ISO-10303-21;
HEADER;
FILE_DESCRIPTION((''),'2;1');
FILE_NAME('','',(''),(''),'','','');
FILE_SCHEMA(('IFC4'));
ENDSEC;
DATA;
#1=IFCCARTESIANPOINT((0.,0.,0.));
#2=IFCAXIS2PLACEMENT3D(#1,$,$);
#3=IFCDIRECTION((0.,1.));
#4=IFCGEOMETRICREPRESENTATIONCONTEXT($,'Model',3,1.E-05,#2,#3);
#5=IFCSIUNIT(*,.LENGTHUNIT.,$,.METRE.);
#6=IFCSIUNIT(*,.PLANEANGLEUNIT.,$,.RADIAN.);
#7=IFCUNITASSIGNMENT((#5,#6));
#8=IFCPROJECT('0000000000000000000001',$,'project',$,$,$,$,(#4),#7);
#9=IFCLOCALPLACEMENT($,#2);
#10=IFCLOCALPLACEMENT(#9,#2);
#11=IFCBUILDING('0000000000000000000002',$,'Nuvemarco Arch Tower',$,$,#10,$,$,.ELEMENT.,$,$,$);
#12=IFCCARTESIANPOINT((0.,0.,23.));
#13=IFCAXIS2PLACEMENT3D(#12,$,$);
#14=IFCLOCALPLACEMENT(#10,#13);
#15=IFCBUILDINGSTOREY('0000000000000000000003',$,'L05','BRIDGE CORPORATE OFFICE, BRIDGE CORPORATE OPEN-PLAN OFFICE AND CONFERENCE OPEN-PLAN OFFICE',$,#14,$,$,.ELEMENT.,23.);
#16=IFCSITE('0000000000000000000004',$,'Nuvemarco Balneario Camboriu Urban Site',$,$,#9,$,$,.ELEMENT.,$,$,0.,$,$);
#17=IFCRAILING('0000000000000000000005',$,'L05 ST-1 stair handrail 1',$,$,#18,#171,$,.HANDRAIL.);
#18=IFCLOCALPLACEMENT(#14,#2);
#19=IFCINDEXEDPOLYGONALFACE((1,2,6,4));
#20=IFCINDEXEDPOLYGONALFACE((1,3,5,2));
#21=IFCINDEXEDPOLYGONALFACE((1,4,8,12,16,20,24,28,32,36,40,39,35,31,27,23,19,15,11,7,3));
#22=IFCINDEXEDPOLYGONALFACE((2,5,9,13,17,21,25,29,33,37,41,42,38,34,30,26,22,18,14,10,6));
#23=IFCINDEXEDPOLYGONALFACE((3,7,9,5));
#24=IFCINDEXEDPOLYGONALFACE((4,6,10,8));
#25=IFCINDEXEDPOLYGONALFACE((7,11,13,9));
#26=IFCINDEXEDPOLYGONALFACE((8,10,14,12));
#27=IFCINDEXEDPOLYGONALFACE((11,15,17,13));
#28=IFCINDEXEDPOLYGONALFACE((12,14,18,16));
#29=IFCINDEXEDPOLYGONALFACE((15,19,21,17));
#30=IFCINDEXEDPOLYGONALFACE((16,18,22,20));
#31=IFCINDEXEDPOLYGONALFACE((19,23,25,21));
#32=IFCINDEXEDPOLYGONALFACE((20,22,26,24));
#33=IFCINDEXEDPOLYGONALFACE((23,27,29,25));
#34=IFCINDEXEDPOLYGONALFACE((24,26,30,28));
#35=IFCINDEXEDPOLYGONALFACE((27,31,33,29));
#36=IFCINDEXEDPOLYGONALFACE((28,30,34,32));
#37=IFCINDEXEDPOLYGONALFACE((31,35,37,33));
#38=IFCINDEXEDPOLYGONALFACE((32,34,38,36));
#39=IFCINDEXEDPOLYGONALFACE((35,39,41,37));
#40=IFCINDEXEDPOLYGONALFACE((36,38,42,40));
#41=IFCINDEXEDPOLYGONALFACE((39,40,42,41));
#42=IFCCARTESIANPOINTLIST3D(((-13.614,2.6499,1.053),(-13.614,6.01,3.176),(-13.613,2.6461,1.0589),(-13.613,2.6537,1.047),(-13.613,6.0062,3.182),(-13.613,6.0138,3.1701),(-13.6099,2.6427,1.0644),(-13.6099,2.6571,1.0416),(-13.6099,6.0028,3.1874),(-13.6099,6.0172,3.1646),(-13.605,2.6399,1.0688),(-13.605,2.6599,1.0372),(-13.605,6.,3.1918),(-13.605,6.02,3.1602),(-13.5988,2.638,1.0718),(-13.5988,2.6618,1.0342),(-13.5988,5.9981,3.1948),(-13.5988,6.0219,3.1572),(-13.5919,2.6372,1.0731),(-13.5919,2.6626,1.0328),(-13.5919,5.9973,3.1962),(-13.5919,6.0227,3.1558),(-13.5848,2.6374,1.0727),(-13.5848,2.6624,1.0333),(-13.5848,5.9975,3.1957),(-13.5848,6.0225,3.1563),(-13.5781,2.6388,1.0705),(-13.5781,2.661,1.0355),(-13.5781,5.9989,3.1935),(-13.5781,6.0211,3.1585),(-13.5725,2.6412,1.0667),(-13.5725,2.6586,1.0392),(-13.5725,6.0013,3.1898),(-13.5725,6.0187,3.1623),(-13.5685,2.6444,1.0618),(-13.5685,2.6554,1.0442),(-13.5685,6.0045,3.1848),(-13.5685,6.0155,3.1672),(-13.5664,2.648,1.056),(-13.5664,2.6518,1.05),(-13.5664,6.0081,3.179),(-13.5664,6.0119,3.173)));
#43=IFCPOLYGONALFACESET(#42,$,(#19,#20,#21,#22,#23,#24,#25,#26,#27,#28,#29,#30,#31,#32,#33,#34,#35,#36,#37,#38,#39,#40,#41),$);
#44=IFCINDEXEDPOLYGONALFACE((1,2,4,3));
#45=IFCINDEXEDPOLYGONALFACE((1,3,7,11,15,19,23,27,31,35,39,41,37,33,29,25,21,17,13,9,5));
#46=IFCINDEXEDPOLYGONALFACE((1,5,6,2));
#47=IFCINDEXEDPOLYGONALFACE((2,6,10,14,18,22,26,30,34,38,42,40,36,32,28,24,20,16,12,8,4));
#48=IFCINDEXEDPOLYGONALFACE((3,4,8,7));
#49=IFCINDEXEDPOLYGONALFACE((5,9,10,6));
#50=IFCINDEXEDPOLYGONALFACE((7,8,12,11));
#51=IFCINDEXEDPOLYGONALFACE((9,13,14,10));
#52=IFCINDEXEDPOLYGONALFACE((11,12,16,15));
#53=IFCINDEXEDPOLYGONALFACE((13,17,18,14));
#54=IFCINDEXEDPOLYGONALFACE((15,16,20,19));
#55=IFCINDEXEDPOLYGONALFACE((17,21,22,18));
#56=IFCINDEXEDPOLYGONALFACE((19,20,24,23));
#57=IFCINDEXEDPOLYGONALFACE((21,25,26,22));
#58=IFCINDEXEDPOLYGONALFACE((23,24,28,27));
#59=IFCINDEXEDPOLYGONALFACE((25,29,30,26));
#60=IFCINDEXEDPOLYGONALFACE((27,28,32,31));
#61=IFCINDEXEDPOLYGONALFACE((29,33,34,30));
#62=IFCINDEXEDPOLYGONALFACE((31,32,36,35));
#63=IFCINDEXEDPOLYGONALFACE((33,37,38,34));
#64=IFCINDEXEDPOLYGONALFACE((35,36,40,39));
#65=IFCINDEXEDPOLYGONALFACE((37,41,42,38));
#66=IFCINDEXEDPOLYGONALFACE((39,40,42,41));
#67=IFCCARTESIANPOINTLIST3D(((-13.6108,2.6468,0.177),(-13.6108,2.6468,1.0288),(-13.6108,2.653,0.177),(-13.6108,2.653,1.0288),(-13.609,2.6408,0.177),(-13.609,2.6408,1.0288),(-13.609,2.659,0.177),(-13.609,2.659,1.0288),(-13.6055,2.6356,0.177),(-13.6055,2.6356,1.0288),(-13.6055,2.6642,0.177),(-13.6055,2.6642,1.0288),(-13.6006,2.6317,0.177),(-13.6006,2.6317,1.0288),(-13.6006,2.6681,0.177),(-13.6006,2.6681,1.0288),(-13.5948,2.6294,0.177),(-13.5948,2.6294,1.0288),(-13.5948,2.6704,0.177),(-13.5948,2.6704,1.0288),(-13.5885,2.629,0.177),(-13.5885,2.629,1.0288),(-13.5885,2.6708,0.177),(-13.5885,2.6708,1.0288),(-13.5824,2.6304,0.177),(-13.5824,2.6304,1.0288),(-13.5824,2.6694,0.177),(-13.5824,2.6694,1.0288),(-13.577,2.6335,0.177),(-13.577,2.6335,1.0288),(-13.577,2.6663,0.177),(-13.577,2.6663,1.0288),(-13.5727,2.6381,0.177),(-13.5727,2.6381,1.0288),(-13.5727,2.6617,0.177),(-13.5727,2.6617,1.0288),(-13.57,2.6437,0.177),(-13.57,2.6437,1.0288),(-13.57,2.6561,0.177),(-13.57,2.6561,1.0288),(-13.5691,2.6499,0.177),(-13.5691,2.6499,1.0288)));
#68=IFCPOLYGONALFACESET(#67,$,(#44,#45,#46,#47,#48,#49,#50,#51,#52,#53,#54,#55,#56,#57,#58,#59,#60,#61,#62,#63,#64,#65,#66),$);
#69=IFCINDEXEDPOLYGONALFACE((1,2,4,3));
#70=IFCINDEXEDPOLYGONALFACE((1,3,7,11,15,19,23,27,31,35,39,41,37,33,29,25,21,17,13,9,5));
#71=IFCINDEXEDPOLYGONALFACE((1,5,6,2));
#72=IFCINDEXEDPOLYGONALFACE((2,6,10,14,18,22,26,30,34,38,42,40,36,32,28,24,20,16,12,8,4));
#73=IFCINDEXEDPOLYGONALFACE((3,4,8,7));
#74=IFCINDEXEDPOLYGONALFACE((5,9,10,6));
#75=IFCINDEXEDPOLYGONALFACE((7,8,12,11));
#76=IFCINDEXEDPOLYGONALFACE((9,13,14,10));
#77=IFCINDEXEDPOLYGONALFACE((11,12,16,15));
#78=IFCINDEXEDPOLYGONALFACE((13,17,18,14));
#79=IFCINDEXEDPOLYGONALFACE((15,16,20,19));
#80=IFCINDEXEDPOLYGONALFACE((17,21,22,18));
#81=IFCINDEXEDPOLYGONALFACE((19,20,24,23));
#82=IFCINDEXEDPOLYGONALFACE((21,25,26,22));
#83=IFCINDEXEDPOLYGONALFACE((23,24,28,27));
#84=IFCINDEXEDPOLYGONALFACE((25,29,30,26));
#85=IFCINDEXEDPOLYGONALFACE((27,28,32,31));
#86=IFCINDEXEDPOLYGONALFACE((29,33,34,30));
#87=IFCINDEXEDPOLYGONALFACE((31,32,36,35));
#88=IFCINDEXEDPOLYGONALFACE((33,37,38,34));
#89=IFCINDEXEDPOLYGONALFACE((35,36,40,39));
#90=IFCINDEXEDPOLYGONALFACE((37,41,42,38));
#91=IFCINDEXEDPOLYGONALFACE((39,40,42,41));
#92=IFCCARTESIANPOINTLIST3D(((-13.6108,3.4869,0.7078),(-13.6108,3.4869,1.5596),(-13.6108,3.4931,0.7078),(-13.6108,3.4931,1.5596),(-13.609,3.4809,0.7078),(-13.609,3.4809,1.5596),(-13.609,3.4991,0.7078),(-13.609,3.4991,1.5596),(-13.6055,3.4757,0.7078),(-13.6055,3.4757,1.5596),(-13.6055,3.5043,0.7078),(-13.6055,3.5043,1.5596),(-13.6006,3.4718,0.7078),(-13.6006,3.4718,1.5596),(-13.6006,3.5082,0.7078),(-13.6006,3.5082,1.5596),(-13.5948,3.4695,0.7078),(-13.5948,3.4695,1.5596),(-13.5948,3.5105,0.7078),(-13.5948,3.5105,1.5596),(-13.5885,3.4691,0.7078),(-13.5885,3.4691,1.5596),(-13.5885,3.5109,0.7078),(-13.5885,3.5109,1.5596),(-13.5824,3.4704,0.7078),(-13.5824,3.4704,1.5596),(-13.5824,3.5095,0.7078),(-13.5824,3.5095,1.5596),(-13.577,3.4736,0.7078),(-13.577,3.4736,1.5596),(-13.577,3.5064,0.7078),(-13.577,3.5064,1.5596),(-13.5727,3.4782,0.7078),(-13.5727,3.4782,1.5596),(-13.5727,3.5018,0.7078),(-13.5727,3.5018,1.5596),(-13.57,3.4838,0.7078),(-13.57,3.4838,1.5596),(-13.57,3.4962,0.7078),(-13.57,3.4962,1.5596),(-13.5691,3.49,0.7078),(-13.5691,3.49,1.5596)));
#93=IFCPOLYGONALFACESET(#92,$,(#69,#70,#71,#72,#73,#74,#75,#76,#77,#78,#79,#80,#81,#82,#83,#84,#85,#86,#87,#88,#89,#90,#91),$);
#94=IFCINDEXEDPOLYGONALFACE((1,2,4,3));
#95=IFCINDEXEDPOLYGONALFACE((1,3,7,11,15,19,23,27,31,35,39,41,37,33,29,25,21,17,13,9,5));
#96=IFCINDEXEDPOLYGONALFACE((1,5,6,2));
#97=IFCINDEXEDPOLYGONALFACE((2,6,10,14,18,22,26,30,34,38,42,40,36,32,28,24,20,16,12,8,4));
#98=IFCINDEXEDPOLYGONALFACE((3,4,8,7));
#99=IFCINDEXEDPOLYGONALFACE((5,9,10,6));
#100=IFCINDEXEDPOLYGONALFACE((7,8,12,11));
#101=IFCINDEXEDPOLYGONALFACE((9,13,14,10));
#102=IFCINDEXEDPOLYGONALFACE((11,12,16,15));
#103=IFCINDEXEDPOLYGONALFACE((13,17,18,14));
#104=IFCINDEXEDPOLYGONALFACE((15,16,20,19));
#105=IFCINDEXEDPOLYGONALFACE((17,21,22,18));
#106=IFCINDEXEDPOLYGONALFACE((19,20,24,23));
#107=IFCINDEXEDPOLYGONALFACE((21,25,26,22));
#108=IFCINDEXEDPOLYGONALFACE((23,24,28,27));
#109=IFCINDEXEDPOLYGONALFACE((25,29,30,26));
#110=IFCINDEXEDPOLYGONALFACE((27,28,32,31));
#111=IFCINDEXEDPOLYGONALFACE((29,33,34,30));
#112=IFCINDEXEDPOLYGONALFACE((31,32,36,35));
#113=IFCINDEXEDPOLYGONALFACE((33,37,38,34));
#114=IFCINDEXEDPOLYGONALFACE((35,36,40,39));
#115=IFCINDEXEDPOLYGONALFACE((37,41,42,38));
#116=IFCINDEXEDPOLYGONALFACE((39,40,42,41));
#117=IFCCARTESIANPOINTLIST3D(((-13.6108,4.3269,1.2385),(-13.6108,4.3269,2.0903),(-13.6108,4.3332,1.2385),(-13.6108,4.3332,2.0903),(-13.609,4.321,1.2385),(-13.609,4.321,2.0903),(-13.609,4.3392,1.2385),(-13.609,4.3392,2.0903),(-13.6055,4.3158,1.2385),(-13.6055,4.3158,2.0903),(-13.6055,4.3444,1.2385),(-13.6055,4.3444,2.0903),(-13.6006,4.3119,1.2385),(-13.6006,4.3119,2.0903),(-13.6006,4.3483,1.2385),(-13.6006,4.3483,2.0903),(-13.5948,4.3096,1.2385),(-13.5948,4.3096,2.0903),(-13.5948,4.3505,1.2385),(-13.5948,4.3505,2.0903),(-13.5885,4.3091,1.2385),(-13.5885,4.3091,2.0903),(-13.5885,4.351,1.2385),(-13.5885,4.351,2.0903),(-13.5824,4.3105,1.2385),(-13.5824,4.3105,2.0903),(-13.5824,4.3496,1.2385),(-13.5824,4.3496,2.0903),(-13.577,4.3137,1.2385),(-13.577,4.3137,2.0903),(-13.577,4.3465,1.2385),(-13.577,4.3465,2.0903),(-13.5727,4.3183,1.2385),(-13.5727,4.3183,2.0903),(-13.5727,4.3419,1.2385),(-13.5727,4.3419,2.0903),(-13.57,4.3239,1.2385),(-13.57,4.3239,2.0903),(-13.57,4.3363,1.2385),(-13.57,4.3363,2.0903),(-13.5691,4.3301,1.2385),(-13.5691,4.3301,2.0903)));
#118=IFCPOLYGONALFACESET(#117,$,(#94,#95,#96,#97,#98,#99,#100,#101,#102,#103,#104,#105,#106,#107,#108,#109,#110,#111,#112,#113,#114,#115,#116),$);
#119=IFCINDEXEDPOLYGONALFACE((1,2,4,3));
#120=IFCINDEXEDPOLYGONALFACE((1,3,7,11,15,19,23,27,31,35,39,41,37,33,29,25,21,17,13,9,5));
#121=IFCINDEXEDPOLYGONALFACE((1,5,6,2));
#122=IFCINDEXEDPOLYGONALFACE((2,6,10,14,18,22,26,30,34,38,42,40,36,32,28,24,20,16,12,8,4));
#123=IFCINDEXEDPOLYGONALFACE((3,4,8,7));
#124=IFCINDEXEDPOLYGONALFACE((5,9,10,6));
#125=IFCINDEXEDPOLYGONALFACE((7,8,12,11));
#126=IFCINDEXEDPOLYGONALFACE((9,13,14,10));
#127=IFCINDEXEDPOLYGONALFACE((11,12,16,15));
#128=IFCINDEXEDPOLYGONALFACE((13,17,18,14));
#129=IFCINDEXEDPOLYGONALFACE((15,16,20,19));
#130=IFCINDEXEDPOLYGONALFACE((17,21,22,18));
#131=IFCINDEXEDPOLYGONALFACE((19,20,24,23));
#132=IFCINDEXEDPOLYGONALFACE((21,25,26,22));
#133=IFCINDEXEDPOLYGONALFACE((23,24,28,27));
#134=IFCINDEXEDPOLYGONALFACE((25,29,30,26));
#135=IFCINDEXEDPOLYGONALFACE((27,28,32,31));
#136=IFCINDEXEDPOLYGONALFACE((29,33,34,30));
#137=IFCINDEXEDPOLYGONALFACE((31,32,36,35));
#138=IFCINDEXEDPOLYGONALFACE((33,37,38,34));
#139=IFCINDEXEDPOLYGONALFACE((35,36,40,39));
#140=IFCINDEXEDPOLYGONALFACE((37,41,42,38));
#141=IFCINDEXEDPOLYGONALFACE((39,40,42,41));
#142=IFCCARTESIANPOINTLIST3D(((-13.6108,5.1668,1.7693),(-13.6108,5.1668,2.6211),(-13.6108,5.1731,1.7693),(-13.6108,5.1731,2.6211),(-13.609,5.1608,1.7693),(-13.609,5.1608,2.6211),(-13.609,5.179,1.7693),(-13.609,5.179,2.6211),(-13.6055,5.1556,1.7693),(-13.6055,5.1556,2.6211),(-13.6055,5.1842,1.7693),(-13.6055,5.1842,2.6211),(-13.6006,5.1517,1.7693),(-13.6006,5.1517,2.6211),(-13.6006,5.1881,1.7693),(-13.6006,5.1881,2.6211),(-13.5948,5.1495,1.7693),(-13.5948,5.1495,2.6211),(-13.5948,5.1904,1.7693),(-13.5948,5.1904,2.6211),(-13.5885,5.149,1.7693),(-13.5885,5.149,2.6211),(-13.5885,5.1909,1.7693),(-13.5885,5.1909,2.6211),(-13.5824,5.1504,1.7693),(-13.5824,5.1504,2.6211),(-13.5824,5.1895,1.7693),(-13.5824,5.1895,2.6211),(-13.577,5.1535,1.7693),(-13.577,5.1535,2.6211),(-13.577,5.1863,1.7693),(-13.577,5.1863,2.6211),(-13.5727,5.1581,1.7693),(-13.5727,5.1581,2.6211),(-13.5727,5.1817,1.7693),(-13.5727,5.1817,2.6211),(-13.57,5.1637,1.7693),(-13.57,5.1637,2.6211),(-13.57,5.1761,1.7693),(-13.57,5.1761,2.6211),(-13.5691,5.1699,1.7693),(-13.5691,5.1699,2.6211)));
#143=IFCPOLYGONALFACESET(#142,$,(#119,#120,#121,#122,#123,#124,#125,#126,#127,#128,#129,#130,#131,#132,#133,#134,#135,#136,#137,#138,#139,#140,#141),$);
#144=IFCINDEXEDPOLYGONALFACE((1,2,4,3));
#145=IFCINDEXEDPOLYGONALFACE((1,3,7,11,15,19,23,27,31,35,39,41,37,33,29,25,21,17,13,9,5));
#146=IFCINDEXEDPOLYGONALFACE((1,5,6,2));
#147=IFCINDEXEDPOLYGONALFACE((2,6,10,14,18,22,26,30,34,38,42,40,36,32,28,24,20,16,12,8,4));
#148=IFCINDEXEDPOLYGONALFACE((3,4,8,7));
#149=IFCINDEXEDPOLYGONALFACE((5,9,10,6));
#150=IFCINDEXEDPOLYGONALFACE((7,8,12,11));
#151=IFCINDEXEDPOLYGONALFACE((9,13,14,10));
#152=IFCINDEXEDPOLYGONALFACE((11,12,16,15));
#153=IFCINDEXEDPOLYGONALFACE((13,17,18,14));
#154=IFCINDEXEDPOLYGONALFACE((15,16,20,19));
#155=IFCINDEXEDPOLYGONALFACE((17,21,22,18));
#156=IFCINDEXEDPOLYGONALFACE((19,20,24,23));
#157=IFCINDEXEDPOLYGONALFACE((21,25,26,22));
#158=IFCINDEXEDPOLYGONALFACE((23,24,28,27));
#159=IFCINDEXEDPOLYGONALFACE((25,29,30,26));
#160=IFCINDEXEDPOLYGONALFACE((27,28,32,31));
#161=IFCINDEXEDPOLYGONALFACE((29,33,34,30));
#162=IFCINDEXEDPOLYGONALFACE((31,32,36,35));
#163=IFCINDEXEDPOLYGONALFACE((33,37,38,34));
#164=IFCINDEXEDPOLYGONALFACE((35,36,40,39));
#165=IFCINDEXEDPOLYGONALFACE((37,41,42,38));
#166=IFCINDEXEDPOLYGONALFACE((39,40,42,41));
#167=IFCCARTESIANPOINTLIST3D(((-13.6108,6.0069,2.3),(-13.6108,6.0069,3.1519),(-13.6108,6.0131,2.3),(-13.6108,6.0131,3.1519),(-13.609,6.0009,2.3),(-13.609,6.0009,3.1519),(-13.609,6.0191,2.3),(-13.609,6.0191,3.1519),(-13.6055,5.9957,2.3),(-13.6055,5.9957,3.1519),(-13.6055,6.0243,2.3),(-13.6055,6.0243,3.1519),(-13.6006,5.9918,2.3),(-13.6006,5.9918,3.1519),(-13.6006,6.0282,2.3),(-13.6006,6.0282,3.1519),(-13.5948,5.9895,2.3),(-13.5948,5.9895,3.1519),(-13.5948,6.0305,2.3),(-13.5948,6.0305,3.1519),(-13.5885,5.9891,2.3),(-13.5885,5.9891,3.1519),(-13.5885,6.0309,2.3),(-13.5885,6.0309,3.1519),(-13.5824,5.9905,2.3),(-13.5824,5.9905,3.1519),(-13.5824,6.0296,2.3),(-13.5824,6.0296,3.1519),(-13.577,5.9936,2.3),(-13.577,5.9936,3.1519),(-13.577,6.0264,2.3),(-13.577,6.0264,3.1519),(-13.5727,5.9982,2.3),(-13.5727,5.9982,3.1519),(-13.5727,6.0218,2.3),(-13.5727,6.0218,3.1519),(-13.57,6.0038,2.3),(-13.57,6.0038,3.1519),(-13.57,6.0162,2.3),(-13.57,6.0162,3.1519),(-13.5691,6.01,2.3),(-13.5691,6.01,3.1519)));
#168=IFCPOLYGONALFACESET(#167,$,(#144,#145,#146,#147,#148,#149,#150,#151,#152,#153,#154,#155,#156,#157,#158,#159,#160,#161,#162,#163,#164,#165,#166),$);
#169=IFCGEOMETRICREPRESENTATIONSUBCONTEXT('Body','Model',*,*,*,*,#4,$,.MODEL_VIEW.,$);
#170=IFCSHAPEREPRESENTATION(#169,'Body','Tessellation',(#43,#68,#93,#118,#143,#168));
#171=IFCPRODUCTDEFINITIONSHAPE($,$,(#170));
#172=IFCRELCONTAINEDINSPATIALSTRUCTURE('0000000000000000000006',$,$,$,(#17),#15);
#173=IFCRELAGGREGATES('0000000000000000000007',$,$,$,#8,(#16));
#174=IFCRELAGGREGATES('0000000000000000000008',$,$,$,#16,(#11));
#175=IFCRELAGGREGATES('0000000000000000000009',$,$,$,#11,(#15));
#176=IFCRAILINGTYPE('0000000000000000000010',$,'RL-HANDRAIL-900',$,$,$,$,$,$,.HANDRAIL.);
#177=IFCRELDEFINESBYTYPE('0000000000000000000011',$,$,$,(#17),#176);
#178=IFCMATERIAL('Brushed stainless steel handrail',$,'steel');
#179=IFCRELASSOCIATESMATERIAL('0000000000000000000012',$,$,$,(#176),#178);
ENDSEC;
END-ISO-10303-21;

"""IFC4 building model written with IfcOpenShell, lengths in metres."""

from ifc_helpers import new_model, si_unit, direction, frame, origin, origin_2d, place, context, subcontext, project, spatial, circle, extrude, material, type_object, element, save


model = new_model("IFC4")

# Units and contexts
model_context = context("Model", 3, precision=1e-05, world=origin(), true_north=direction((0.0, 1.0)))
body_context = subcontext(model_context, "Body", "Model", "MODEL_VIEW")
ifc_project = project(units=[si_unit("LENGTHUNIT", "METRE"), si_unit("PLANEANGLEUNIT", "RADIAN")], contexts=[model_context])

# Site, building, storey
site_placement = place(None, origin())
site = spatial("IfcSite", under=ifc_project, at=site_placement, Name="Nuvemarco Balneario Camboriu Urban Site", CompositionType="ELEMENT", RefElevation=0.0)
building_placement = place(site_placement, origin())
building = spatial("IfcBuilding", under=site, at=building_placement, Name="Nuvemarco Arch Tower", CompositionType="ELEMENT")
storey_placement = place(building_placement, frame((0.0, 0.0, 23.0)))
storey = spatial("IfcBuildingStorey", under=building, at=storey_placement, Name="L05", Description="BRIDGE CORPORATE OFFICE, BRIDGE CORPORATE OPEN-PLAN OFFICE AND CONFERENCE OPEN-PLAN OFFICE", CompositionType="ELEMENT", Elevation=23.0)

# Railing
ifc_material_1 = material(Name="Brushed stainless steel handrail", Category="steel")
railing_type_1 = type_object("IfcRailingType", Name="RL-HANDRAIL-900", PredefinedType="HANDRAIL", material=ifc_material_1)
railing_1_placement = place(storey_placement, frame((-13.5901, 2.6499, 0.177)))
element("IfcRailing", 1, at=railing_1_placement, inside=storey, type_object=railing_type_1, Name="L05 ST-1 stair handrail 1", PredefinedType="HANDRAIL", context=body_context, shape_type="SweptSolid", body=[
    extrude(circle(Radius=0.0239, at=origin_2d()), frame((0.0, 0.0, 0.876), z_axis=(0.0, 0.84539, 0.53415), x_axis=(-1.0, 0.0, 0.0)), (0.0, 0.0, 1.0), 3.9746),
    extrude(circle(Radius=0.021, at=origin_2d()), origin(), (0.0, 0.0, 1.0), 0.8518),
    extrude(circle(Radius=0.021, at=origin_2d()), frame((0.0, 0.8401, 0.5308)), (0.0, 0.0, 1.0), 0.8518),
    extrude(circle(Radius=0.021, at=origin_2d()), frame((0.0, 1.6802, 1.0615)), (0.0, 0.0, 1.0), 0.8518),
    extrude(circle(Radius=0.021, at=origin_2d()), frame((0.0, 2.52, 1.5923)), (0.0, 0.0, 1.0), 0.8518),
    extrude(circle(Radius=0.021, at=origin_2d()), frame((0.0, 3.3601, 2.123)), (0.0, 0.0, 1.0), 0.8518),
])

save(model, "model.ifc")
